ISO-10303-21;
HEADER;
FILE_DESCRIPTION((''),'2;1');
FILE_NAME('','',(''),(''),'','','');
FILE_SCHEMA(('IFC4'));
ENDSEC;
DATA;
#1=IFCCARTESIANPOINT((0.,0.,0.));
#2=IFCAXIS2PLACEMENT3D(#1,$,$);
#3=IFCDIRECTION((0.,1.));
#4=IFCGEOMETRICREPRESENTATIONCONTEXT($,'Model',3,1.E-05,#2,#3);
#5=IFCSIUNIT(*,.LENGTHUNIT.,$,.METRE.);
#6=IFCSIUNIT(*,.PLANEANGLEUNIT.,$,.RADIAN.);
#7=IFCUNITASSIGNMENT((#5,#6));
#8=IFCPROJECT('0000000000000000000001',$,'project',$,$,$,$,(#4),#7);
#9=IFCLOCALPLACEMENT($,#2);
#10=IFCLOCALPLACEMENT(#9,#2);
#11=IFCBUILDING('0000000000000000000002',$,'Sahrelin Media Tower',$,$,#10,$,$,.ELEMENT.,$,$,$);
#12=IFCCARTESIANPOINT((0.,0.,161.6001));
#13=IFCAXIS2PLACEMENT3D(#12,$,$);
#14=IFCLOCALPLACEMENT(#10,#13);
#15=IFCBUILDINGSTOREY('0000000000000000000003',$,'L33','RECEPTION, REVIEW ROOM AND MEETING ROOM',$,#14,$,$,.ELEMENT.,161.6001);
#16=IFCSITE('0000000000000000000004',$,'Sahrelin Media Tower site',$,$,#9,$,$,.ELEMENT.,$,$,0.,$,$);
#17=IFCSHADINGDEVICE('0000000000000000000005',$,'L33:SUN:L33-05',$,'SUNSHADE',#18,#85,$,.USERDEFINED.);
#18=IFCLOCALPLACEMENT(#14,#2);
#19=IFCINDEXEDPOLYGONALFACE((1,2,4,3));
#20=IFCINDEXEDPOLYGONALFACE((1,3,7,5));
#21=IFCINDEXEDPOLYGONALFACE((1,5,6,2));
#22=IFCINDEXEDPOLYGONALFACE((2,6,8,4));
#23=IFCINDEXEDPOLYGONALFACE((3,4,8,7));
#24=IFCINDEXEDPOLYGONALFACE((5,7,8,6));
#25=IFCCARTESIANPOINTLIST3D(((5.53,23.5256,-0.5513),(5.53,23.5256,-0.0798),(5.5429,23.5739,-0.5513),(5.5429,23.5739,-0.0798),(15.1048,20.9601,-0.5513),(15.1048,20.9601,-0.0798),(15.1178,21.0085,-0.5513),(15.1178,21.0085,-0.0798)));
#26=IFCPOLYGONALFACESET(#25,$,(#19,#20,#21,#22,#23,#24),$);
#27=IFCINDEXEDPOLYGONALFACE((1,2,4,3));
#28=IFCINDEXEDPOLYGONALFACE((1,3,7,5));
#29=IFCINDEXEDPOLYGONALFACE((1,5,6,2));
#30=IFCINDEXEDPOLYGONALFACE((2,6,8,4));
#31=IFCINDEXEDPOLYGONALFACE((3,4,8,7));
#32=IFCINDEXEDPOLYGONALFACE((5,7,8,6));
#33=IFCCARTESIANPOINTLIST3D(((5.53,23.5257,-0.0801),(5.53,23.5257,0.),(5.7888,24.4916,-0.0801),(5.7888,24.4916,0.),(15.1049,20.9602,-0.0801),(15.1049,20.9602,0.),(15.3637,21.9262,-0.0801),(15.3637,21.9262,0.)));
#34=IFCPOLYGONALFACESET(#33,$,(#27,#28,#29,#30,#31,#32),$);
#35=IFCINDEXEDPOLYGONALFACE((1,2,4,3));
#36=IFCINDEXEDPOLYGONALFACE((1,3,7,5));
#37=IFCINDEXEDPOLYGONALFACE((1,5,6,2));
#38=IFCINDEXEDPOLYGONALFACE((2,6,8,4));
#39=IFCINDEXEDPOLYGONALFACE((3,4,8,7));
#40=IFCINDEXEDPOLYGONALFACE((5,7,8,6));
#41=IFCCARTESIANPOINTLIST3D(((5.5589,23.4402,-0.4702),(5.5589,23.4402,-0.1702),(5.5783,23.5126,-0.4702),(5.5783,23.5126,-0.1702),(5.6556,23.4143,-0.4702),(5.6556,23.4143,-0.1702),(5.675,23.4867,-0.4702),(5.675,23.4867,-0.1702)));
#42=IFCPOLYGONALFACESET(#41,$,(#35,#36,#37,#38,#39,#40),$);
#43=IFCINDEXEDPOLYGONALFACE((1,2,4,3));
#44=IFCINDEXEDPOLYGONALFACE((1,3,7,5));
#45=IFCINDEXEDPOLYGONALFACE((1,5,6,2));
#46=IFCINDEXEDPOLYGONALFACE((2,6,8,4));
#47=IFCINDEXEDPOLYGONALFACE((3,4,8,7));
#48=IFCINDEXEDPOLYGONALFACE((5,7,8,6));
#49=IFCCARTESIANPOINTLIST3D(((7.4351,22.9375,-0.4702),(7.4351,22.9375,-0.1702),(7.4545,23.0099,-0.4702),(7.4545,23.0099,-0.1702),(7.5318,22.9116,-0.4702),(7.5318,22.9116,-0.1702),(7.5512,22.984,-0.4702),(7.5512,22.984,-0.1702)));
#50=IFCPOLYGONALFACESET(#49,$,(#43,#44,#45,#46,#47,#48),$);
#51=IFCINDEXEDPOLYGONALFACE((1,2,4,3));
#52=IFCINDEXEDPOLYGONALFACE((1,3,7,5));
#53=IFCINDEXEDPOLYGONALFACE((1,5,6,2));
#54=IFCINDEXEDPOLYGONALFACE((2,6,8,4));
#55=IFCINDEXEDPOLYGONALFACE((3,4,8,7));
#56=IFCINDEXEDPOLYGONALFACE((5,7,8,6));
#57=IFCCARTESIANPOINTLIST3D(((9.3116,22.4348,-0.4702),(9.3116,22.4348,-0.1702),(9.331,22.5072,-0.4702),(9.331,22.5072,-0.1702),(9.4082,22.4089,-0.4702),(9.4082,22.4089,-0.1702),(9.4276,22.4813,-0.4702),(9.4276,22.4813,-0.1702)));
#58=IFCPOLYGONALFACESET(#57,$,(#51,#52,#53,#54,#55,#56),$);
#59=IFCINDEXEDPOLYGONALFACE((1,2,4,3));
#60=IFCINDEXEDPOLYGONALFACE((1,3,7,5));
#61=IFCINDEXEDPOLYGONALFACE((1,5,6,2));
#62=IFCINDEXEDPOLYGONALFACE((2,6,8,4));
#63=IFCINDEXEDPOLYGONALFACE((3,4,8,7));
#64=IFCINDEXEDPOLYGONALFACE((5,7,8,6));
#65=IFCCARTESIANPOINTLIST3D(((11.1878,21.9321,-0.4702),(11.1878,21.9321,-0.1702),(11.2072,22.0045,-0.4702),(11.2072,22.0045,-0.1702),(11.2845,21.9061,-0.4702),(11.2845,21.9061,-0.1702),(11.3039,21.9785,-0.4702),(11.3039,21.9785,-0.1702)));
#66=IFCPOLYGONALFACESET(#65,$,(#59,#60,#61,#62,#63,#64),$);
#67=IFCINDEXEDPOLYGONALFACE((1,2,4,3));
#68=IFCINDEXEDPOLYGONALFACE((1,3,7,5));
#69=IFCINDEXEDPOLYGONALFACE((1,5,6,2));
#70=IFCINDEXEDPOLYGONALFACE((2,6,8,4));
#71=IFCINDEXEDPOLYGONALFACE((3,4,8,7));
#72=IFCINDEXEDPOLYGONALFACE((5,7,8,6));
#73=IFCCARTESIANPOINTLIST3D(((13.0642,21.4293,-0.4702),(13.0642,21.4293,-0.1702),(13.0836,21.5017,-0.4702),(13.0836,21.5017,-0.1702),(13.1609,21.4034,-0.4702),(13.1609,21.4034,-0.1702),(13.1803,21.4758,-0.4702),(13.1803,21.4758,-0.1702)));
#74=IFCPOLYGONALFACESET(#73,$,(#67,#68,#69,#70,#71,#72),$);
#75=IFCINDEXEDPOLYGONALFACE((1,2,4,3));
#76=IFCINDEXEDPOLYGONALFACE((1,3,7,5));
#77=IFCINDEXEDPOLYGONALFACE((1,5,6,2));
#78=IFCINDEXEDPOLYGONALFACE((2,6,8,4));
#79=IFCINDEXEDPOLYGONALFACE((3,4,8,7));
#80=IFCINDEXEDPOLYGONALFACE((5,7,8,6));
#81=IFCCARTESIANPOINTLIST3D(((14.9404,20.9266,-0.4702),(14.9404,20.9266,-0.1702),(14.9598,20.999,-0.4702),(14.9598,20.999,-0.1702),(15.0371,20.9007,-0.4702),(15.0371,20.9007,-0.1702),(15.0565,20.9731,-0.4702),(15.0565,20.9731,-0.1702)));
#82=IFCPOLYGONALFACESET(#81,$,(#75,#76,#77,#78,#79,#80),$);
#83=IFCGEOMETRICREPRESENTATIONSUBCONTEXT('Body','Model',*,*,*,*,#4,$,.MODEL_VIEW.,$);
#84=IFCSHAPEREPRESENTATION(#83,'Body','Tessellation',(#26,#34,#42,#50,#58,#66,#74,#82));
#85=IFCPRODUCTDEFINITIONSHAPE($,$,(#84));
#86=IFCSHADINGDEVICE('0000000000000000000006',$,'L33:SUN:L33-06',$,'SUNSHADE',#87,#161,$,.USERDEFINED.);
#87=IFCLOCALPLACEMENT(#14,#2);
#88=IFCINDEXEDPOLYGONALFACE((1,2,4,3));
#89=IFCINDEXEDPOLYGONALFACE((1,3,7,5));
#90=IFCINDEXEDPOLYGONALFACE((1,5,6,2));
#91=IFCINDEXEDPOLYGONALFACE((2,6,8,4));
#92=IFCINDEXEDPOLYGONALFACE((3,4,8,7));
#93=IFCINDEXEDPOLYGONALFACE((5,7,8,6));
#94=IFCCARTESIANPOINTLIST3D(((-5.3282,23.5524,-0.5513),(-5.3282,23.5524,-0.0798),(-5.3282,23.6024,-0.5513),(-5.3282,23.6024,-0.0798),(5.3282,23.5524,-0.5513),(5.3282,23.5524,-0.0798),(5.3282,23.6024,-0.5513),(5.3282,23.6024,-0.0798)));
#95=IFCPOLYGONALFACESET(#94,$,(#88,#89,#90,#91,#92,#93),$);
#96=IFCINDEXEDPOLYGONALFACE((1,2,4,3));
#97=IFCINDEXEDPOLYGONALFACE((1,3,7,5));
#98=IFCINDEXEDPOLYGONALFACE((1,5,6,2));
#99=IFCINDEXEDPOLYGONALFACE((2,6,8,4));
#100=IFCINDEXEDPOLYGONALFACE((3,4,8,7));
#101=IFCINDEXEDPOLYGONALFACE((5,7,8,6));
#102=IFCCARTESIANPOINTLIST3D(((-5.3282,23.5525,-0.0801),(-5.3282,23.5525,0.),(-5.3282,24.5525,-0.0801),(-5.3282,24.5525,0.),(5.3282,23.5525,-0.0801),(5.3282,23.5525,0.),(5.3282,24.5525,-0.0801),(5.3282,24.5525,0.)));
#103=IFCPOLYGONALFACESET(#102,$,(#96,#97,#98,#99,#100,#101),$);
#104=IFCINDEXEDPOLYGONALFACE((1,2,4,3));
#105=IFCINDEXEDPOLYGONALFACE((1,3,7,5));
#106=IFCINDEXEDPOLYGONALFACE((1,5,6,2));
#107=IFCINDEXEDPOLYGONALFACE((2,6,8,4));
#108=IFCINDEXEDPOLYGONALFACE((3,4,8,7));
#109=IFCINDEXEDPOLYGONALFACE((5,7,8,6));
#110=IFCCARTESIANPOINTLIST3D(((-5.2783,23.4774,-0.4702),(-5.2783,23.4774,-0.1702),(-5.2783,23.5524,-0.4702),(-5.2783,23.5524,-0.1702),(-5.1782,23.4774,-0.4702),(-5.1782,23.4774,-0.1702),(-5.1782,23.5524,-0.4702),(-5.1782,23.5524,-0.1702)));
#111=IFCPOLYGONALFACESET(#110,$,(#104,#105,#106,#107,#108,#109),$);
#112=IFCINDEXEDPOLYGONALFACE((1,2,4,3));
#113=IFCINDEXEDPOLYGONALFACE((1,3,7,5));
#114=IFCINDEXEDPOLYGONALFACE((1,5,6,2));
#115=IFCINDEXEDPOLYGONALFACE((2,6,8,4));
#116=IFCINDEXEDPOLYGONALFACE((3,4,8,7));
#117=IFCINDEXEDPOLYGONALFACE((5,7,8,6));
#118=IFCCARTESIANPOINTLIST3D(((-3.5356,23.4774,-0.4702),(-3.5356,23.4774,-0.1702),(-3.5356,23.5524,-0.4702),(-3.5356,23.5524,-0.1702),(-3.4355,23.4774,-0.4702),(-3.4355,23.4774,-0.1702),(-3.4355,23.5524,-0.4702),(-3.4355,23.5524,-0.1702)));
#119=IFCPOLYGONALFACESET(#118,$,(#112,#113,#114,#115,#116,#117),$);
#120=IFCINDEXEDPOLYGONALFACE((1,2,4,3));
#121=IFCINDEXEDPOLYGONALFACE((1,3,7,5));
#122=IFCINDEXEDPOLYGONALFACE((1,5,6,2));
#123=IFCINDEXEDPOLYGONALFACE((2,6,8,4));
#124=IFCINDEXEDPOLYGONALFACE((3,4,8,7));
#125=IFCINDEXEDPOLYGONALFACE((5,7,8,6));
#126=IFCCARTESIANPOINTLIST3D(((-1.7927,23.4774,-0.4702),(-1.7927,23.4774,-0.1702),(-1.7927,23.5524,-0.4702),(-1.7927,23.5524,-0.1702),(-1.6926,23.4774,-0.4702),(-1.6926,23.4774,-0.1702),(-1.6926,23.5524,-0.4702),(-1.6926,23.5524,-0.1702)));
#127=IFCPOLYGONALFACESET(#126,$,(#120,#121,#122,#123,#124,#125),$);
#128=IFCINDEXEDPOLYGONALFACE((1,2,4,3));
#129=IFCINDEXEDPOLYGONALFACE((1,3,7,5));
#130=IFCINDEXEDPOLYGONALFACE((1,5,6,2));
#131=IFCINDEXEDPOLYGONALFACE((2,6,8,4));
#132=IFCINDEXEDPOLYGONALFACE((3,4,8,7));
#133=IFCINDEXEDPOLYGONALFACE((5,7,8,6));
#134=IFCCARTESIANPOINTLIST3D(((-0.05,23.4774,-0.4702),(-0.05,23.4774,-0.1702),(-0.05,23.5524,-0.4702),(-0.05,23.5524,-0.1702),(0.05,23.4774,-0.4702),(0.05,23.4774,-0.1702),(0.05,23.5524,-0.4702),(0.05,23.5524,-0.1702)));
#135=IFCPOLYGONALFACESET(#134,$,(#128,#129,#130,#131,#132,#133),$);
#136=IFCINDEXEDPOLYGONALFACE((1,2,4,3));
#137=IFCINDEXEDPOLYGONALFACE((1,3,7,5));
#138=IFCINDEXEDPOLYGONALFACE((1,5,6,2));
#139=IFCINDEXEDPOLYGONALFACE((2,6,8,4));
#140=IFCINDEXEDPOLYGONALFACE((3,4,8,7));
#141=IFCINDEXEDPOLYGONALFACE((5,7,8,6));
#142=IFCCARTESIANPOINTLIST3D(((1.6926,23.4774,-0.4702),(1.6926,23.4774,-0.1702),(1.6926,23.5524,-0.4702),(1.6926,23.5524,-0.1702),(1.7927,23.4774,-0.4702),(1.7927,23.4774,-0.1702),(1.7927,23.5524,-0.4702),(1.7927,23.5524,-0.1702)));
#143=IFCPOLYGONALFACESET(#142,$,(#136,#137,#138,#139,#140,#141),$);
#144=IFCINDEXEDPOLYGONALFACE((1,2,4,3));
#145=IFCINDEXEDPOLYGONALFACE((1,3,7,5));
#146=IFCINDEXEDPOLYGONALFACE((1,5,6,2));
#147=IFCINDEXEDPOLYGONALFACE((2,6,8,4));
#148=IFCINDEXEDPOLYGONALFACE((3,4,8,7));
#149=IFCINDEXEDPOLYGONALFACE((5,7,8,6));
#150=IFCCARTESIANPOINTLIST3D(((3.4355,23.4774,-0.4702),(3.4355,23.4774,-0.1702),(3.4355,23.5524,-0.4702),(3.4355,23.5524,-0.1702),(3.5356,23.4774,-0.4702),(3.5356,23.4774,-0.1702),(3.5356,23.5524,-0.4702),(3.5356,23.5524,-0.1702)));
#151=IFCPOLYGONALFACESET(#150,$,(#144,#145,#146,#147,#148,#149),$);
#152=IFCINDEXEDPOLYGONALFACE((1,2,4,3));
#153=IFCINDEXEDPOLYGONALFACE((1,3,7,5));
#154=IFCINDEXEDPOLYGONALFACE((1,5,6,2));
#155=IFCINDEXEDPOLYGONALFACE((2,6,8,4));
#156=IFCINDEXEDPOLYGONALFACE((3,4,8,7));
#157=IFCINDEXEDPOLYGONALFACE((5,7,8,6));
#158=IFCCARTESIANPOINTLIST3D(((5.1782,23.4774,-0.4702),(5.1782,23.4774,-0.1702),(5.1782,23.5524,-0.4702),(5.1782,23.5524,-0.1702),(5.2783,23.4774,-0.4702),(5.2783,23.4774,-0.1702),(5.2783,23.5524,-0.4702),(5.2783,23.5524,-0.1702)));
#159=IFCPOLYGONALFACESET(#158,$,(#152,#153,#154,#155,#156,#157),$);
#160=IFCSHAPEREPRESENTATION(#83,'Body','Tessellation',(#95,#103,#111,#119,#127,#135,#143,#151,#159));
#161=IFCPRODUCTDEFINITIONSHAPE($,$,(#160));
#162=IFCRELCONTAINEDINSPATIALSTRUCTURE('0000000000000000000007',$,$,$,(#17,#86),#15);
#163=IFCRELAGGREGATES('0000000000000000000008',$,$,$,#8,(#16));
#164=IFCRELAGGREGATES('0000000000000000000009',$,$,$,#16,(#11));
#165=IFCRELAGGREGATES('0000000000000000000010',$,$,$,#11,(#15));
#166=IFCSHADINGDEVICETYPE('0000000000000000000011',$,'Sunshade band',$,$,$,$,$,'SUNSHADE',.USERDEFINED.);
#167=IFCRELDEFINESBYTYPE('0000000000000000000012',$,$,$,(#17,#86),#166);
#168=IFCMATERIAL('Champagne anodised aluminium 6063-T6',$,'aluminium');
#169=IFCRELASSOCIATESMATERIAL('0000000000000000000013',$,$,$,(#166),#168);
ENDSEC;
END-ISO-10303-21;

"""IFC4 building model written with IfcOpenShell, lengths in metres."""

from ifc_helpers import new_model, si_unit, direction, frame, origin, origin_2d, place, context, subcontext, project, spatial, rectangle, extrude, material, type_object, element, save


model = new_model("IFC4")

# Units and contexts
model_context = context("Model", 3, precision=1e-05, world=origin(), true_north=direction((0.0, 1.0)))
body_context = subcontext(model_context, "Body", "Model", "MODEL_VIEW")
ifc_project = project(units=[si_unit("LENGTHUNIT", "METRE"), si_unit("PLANEANGLEUNIT", "RADIAN")], contexts=[model_context])

# Site, building, storey
site_placement = place(None, origin())
site = spatial("IfcSite", under=ifc_project, at=site_placement, Name="Sahrelin Media Tower site", CompositionType="ELEMENT", RefElevation=0.0)
building_placement = place(site_placement, origin())
building = spatial("IfcBuilding", under=site, at=building_placement, Name="Sahrelin Media Tower", CompositionType="ELEMENT")
storey_placement = place(building_placement, frame((0.0, 0.0, 161.6001)))
storey = spatial("IfcBuildingStorey", under=building, at=storey_placement, Name="L33", Description="RECEPTION, REVIEW ROOM AND MEETING ROOM", CompositionType="ELEMENT", Elevation=161.6001)

# Shared definitions
ifc_material_1 = material(Name="Champagne anodised aluminium 6063-T6", Category="aluminium")
placement_1 = place(storey_placement, frame((0.0, 23.5325, 0.0), z_axis=(0.0, 0.0, 1.0), x_axis=(1.0, 0.0, 0.0)))

# Shading devices
placement_2 = place(storey_placement, frame((10.3123, 22.2236, 0.0), z_axis=(0.0, 0.0, 1.0), x_axis=(0.965929, -0.258808, 0.0)))
shading_device_type_1 = type_object("IfcShadingDeviceType", Name="Sunshade band", ElementType="SUNSHADE", PredefinedType="USERDEFINED", material=ifc_material_1)
element("IfcShadingDevice", 1, at=placement_2, inside=storey, type_object=shading_device_type_1, Name="L33:SUN:L33-05", ObjectType="SUNSHADE", PredefinedType="USERDEFINED", context=body_context, shape_type="SweptSolid", body=[
    extrude(rectangle(XDim=9.9126, YDim=0.05, at=origin_2d()), frame((0.0, 0.0449, -0.5513)), (0.0, 0.0, 1.0), 0.4714),
    extrude(rectangle(XDim=9.9126, YDim=1.0, at=origin_2d()), frame((0.0, 0.52, -0.0801)), (0.0, 0.0, 1.0), 0.0801),
    extrude(rectangle(XDim=0.1001, YDim=0.075, at=origin_2d()), frame((-4.8562, -0.0176, -0.4702)), (0.0, 0.0, 1.0), 0.3),
    extrude(rectangle(XDim=0.1001, YDim=0.075, at=origin_2d()), frame((-2.9138, -0.0176, -0.4702)), (0.0, 0.0, 1.0), 0.3),
    extrude(rectangle(XDim=0.1001, YDim=0.075, at=origin_2d()), frame((-0.9712, -0.0176, -0.4702)), (0.0, 0.0, 1.0), 0.3),
    extrude(rectangle(XDim=0.1001, YDim=0.075, at=origin_2d()), frame((0.9712, -0.0176, -0.4702)), (0.0, 0.0, 1.0), 0.3),
    extrude(rectangle(XDim=0.1001, YDim=0.075, at=origin_2d()), frame((2.9138, -0.0176, -0.4702)), (0.0, 0.0, 1.0), 0.3),
    extrude(rectangle(XDim=0.1001, YDim=0.075, at=origin_2d()), frame((4.8562, -0.0176, -0.4702)), (0.0, 0.0, 1.0), 0.3),
])
element("IfcShadingDevice", 2, at=placement_1, inside=storey, type_object=shading_device_type_1, Name="L33:SUN:L33-06", ObjectType="SUNSHADE", PredefinedType="USERDEFINED", context=body_context, shape_type="SweptSolid", body=[
    extrude(rectangle(XDim=10.6565, YDim=0.05, at=origin_2d()), frame((0.0, 0.0449, -0.5513)), (0.0, 0.0, 1.0), 0.4714),
    extrude(rectangle(XDim=10.6565, YDim=1.0, at=origin_2d()), frame((0.0, 0.52, -0.0801)), (0.0, 0.0, 1.0), 0.0801),
    extrude(rectangle(XDim=0.1001, YDim=0.075, at=origin_2d()), frame((-5.2283, -0.0176, -0.4702)), (0.0, 0.0, 1.0), 0.3),
    extrude(rectangle(XDim=0.1001, YDim=0.075, at=origin_2d()), frame((-3.4856, -0.0176, -0.4702)), (0.0, 0.0, 1.0), 0.3),
    extrude(rectangle(XDim=0.1001, YDim=0.075, at=origin_2d()), frame((-1.7427, -0.0176, -0.4702)), (0.0, 0.0, 1.0), 0.3),
    extrude(rectangle(XDim=0.1001, YDim=0.075, at=origin_2d()), frame((0.0, -0.0176, -0.4702)), (0.0, 0.0, 1.0), 0.3),
    extrude(rectangle(XDim=0.1001, YDim=0.075, at=origin_2d()), frame((1.7427, -0.0176, -0.4702)), (0.0, 0.0, 1.0), 0.3),
    extrude(rectangle(XDim=0.1001, YDim=0.075, at=origin_2d()), frame((3.4856, -0.0176, -0.4702)), (0.0, 0.0, 1.0), 0.3),
    extrude(rectangle(XDim=0.1001, YDim=0.075, at=origin_2d()), frame((5.2283, -0.0176, -0.4702)), (0.0, 0.0, 1.0), 0.3),
])

save(model, "model.ifc")
